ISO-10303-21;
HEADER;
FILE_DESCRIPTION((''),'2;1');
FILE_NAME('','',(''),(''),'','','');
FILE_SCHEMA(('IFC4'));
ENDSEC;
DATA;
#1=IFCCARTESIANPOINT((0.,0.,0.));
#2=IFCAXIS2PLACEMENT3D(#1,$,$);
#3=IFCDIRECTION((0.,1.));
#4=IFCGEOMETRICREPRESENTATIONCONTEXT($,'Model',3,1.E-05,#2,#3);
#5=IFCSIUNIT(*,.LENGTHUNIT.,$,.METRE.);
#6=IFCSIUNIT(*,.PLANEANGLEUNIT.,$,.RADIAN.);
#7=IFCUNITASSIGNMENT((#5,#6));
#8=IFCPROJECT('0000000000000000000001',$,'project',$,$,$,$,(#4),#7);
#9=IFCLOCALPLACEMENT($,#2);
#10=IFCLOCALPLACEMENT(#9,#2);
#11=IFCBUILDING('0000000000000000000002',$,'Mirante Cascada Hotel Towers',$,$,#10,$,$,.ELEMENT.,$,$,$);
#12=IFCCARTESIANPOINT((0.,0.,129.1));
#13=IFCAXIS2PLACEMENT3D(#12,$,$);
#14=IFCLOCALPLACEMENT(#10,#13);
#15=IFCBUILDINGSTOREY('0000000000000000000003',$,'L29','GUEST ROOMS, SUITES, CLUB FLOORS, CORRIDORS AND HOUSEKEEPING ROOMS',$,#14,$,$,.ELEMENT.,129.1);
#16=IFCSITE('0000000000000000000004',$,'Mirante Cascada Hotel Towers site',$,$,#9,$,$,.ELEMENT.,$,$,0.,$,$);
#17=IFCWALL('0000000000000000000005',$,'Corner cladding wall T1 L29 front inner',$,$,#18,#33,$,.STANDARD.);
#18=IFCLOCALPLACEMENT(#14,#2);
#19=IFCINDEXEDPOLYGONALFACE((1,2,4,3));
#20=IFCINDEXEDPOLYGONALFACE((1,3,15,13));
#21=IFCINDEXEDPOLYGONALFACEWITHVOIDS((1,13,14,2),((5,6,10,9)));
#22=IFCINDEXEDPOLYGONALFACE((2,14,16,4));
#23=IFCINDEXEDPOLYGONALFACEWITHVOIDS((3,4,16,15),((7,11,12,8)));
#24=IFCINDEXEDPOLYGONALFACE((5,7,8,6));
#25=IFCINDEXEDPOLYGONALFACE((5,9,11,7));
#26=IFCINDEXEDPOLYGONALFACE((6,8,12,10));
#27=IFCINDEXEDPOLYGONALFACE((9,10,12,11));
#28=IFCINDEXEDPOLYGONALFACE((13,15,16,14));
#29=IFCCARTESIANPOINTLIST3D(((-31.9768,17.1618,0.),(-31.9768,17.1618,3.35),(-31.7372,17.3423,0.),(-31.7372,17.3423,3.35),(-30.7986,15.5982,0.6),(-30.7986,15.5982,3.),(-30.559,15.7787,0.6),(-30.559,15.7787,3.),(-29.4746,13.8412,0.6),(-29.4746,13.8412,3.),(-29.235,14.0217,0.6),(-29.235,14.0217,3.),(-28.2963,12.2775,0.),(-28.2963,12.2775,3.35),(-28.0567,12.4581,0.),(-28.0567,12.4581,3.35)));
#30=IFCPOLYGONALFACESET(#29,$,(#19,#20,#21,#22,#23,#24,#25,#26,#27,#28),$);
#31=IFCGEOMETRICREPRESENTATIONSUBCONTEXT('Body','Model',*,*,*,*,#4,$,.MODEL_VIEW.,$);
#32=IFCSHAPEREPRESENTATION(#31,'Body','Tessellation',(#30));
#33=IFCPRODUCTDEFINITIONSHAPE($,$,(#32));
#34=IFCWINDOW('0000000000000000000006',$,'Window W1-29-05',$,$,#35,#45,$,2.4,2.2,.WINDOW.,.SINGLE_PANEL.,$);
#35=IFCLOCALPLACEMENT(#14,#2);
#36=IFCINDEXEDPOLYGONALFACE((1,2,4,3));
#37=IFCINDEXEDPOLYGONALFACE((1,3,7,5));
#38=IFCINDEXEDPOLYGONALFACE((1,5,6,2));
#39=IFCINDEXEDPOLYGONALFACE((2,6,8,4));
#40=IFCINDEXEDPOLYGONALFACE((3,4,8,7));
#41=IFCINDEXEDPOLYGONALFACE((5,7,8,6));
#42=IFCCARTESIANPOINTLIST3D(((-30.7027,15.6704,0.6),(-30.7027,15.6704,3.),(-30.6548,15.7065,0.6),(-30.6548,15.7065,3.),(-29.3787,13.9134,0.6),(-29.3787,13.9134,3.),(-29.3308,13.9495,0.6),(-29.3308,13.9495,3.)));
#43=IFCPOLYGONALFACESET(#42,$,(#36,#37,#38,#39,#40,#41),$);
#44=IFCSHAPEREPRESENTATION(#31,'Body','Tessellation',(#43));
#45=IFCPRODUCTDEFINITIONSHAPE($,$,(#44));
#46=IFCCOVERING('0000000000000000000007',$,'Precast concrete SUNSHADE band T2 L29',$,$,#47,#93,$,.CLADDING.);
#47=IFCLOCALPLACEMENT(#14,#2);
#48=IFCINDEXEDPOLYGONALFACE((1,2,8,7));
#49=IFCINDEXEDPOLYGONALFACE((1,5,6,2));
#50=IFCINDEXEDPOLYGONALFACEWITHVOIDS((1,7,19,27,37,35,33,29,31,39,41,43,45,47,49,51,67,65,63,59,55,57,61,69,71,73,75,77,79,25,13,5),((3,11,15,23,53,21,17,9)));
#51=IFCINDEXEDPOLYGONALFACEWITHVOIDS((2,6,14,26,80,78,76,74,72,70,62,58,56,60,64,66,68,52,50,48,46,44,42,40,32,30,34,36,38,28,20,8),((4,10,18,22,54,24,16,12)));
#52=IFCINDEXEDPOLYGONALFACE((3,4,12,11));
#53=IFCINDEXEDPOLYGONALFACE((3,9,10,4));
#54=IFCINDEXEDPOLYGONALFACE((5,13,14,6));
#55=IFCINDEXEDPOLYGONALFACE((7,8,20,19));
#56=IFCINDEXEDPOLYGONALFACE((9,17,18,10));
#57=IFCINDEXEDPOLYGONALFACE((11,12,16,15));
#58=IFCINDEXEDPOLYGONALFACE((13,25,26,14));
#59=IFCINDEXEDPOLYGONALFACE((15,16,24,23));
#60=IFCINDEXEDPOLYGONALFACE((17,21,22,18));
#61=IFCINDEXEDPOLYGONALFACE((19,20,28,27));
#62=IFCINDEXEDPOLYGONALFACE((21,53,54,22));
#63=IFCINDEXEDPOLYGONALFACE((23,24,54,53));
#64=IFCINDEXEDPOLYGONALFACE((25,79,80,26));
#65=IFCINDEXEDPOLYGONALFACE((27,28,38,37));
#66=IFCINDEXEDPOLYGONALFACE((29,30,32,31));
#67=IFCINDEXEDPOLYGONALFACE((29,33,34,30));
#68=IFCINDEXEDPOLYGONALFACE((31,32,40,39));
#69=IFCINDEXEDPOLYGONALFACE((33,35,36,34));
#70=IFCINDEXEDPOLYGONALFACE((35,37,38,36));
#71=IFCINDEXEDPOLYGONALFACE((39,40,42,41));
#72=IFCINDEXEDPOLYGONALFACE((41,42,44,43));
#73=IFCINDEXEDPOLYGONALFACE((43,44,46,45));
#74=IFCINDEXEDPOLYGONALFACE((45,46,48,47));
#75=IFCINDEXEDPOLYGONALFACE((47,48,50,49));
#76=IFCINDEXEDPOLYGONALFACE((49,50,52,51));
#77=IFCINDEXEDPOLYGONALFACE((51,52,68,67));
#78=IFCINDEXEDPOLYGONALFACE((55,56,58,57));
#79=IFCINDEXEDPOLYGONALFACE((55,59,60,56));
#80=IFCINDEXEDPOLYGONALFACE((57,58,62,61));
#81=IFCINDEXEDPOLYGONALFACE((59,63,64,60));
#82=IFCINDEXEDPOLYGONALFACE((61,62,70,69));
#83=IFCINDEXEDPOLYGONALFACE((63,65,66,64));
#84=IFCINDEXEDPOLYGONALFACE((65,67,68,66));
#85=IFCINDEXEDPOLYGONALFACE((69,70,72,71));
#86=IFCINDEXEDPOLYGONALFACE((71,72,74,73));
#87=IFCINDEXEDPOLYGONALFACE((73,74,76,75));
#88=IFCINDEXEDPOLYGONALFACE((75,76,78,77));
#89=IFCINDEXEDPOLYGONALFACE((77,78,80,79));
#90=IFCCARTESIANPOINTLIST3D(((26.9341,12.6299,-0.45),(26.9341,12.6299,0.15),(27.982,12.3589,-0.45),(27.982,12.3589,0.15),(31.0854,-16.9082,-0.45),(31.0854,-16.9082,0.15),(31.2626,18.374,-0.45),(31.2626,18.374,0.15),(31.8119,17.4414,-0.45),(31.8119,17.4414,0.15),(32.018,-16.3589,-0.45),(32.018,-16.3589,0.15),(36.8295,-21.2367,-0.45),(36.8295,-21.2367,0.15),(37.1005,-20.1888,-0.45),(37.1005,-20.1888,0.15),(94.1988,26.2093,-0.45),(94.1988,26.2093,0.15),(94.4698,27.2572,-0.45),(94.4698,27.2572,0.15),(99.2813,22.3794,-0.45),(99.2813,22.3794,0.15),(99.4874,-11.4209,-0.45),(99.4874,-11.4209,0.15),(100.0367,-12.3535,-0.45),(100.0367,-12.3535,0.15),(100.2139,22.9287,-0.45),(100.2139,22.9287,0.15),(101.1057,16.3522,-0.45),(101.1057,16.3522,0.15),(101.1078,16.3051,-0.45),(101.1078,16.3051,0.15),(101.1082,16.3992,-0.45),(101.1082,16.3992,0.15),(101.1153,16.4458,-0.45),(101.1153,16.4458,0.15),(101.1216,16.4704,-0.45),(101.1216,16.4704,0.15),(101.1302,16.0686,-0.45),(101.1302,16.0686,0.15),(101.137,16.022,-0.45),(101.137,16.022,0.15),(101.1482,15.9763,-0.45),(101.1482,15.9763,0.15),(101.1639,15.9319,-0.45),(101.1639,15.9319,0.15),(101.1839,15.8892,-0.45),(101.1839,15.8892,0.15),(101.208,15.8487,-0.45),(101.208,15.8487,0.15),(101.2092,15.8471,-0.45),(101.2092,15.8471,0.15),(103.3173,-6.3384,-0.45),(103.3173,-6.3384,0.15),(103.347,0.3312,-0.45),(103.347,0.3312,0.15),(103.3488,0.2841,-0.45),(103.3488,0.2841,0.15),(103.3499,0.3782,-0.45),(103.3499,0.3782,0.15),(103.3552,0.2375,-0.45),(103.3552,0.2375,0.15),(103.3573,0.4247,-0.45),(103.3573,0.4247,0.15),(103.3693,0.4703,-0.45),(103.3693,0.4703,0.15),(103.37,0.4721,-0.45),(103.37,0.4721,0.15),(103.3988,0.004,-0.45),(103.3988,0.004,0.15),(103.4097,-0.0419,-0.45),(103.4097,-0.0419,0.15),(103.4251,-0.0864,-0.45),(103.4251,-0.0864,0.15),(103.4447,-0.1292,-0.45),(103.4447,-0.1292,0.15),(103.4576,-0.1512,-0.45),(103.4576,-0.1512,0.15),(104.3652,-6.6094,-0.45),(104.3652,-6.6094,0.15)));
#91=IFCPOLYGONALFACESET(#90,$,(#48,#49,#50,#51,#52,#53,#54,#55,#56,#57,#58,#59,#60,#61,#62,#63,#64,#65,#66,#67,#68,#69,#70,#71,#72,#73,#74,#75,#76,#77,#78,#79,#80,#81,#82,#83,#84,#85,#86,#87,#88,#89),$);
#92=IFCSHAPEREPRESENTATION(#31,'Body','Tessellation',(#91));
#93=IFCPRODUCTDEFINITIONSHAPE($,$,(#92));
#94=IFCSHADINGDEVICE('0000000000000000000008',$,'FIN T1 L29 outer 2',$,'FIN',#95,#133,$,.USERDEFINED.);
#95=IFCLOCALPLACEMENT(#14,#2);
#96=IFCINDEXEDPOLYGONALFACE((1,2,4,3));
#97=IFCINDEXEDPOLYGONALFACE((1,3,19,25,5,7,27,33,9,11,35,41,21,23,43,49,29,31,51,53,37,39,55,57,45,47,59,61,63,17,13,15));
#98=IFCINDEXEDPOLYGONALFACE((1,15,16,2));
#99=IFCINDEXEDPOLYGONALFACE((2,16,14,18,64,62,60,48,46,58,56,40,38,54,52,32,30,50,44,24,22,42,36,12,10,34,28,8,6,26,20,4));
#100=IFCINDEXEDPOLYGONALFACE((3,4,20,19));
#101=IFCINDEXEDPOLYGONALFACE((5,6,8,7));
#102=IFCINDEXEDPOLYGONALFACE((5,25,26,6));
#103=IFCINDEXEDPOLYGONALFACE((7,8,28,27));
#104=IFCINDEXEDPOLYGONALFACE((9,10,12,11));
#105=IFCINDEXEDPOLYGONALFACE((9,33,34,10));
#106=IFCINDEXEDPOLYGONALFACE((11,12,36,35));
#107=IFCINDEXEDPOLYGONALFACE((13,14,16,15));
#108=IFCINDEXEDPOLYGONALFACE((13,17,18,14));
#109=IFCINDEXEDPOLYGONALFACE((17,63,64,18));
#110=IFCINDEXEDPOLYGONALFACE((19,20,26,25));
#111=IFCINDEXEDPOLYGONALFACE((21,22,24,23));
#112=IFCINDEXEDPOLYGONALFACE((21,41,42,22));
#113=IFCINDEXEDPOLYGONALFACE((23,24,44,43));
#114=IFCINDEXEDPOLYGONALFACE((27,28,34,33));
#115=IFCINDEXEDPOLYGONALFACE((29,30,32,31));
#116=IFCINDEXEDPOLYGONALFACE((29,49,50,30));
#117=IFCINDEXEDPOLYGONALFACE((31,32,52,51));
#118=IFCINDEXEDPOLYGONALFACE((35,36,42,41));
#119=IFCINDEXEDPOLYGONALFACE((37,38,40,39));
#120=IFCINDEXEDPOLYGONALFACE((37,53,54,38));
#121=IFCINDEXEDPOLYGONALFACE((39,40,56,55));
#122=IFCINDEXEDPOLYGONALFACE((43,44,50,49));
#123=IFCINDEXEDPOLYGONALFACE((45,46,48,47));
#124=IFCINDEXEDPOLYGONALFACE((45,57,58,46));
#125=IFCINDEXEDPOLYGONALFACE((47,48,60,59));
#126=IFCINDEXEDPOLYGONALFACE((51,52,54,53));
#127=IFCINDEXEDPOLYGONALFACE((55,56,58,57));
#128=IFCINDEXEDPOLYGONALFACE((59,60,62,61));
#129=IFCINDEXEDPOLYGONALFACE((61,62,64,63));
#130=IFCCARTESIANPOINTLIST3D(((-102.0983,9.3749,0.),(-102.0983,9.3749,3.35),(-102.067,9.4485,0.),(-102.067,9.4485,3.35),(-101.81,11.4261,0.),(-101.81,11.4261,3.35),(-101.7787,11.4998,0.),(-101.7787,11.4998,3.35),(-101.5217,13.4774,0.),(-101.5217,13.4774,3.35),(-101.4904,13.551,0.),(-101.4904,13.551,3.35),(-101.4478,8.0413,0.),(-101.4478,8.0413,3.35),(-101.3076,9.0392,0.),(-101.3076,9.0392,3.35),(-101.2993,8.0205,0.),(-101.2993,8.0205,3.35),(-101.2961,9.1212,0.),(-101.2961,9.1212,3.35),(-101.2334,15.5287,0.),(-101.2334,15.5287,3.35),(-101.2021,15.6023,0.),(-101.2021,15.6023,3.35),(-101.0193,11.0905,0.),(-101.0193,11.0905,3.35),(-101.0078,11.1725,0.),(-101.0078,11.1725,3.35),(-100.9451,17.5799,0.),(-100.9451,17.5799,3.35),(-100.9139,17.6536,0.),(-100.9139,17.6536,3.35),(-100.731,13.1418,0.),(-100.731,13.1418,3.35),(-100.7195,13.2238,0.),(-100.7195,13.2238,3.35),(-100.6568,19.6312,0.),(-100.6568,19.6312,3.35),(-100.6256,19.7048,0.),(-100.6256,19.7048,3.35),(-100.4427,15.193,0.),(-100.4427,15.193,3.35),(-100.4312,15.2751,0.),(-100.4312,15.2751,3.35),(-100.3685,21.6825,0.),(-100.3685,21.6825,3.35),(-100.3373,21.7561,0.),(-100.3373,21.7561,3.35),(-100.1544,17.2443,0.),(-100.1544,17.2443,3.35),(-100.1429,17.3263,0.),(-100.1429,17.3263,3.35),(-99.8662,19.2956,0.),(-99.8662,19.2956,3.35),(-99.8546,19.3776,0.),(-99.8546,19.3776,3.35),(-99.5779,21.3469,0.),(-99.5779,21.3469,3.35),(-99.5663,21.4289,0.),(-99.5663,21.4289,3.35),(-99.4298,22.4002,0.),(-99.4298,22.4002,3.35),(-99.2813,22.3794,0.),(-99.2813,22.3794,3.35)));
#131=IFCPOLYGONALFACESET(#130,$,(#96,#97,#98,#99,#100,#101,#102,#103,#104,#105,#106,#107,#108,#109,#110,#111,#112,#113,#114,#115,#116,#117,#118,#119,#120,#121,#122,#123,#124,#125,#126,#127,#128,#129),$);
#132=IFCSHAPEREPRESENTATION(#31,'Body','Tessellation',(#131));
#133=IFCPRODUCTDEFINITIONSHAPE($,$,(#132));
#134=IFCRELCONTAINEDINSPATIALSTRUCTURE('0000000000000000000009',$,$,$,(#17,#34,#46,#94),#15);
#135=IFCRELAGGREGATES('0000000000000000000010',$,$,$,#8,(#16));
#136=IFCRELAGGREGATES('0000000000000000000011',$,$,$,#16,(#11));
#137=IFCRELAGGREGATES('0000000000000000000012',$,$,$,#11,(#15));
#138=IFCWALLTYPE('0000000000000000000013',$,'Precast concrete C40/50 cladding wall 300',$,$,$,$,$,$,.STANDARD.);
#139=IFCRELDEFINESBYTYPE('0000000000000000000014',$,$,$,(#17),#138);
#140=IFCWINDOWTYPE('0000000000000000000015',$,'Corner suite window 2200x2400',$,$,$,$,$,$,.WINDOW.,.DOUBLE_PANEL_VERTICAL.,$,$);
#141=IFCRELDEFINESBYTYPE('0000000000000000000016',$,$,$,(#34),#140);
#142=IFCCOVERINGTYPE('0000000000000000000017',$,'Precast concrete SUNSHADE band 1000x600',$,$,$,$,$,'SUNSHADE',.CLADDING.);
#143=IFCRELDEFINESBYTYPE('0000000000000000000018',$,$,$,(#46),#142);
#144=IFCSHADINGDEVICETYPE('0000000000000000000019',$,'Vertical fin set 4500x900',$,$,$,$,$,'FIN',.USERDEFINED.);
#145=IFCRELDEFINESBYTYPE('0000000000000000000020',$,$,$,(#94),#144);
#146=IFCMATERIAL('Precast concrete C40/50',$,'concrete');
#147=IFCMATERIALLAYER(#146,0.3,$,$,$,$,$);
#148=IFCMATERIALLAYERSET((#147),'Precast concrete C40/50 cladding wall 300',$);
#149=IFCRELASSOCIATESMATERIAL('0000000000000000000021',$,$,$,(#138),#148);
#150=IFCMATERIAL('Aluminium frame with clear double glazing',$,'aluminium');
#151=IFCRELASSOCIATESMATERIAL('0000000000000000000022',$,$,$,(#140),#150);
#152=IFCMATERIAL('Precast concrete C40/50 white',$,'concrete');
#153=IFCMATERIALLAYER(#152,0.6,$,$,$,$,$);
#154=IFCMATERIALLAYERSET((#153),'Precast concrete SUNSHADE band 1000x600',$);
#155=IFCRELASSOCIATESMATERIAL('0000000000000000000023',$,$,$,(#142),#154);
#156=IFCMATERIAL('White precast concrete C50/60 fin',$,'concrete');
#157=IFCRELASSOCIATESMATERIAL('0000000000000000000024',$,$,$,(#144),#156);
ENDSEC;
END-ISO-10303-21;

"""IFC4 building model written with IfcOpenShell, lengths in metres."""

from ifc_helpers import new_model, si_unit, direction, frame, frame_2d, origin, place, context, subcontext, project, spatial, polyline, rectangle, outline, extrude, material, layer, layer_set, type_object, element, fill, save


model = new_model("IFC4")

# Units and contexts
model_context = context("Model", 3, precision=1e-05, world=origin(), true_north=direction((0.0, 1.0)))
body_context = subcontext(model_context, "Body", "Model", "MODEL_VIEW")
ifc_project = project(units=[si_unit("LENGTHUNIT", "METRE"), si_unit("PLANEANGLEUNIT", "RADIAN")], contexts=[model_context])

# Site, building, storey
site_placement = place(None, origin())
site = spatial("IfcSite", under=ifc_project, at=site_placement, Name="Mirante Cascada Hotel Towers site", CompositionType="ELEMENT", RefElevation=0.0)
building_placement = place(site_placement, origin())
building = spatial("IfcBuilding", under=site, at=building_placement, Name="Mirante Cascada Hotel Towers", CompositionType="ELEMENT")
storey_placement = place(building_placement, frame((0.0, 0.0, 129.1)))
storey = spatial("IfcBuildingStorey", under=building, at=storey_placement, Name="L29", Description="GUEST ROOMS, SUITES, CLUB FLOORS, CORRIDORS AND HOUSEKEEPING ROOMS", CompositionType="ELEMENT", Elevation=129.1)

# Wall, opening, window
ifc_material_1 = material(Name="Precast concrete C40/50", Category="concrete")
ifc_layer_1 = layer(ifc_material_1, 0.3)
ifc_layer_set_1 = layer_set([ifc_layer_1], Name="Precast concrete C40/50 cladding wall 300")
wall_type_1 = type_object("IfcWallType", Name="Precast concrete C40/50 cladding wall 300", PredefinedType="STANDARD", material=ifc_layer_set_1)
wall_1_placement = place(storey_placement, frame((-31.857, 17.252, 0.0), z_axis=(0.0, 0.0, 1.0), x_axis=(0.601814, -0.798636, 0.0)))
wall_1 = element("IfcWall", 1, at=wall_1_placement, inside=storey, type_object=wall_type_1, Name="Corner cladding wall T1 L29 front inner", PredefinedType="STANDARD", context=body_context, shape_type="SweptSolid", body=[
    extrude(rectangle(XDim=6.1157, YDim=0.3, at=frame_2d((3.0578, 0.0))), origin(), (0.0, 0.0, 1.0), 3.35),
])
opening_1_placement = place(wall_1_placement, frame((1.9578, 0.0, 0.6)))
opening_1 = element("IfcOpeningElement", 2, at=opening_1_placement, cuts=wall_1, PredefinedType="OPENING", context=body_context, shape_type="SweptSolid", body=[
    extrude(rectangle(XDim=2.2, YDim=2.4, at=frame_2d((1.1, 1.2))), frame((0.0, 0.15, 0.0), z_axis=(0.0, -1.0, 0.0), x_axis=(1.0, 0.0, 0.0)), (0.0, 0.0, 1.0), 0.3),
])
ifc_material_2 = material(Name="Aluminium frame with clear double glazing", Category="aluminium")
window_type = type_object("IfcWindowType", Name="Corner suite window 2200x2400", PartitioningType="DOUBLE_PANEL_VERTICAL", PredefinedType="WINDOW", material=ifc_material_2)
window_placement = place(opening_1_placement, origin())
window = element("IfcWindow", 3, at=window_placement, inside=storey, type_object=window_type, Name="Window W1-29-05", OverallHeight=2.4, OverallWidth=2.2, PartitioningType="SINGLE_PANEL", PredefinedType="WINDOW", context=body_context, shape_type="SweptSolid", body=[
    extrude(rectangle(XDim=2.2, YDim=2.4, at=frame_2d((1.1, 1.2))), frame((0.0, 0.03, 0.0), z_axis=(0.0, -1.0, 0.0), x_axis=(1.0, 0.0, 0.0)), (0.0, 0.0, 1.0), 0.06),
])
fill(opening_1, window)

# Covering
ifc_material_3 = material(Name="Precast concrete C40/50 white", Category="concrete")
ifc_layer_2 = layer(ifc_material_3, 0.6)
ifc_layer_set_2 = layer_set([ifc_layer_2], Name="Precast concrete SUNSHADE band 1000x600")
covering_type = type_object("IfcCoveringType", Name="Precast concrete SUNSHADE band 1000x600", ElementType="SUNSHADE", PredefinedType="CLADDING", material=ifc_layer_set_2)
covering_placement = place(storey_placement, frame((0.0, 0.0, -0.45)))
element("IfcCovering", 4, at=covering_placement, inside=storey, type_object=covering_type, Name="Precast concrete SUNSHADE band T2 L29", PredefinedType="CLADDING", context=body_context, shape_type="SweptSolid", body=[
    extrude(outline(polyline([(26.9341, 12.6299), (31.2626, 18.374), (94.4698, 27.2572), (100.2139, 22.9287), (101.1216, 16.4704), (101.1153, 16.4458), (101.1082, 16.3992), (101.1057, 16.3522), (101.1078, 16.3051), (101.1302, 16.0686), (101.137, 16.022), (101.1482, 15.9763), (101.1639, 15.9319), (101.1839, 15.8892), (101.208, 15.8487), (101.2092, 15.8471), (103.37, 0.4721), (103.3693, 0.4703), (103.3573, 0.4247), (103.3499, 0.3782), (103.347, 0.3312), (103.3488, 0.2841), (103.3552, 0.2375), (103.3988, 0.004), (103.4097, -0.0419), (103.4251, -0.0864), (103.4447, -0.1292), (103.4576, -0.1512), (104.3652, -6.6094), (100.0367, -12.3535), (36.8295, -21.2367), (31.0854, -16.9082), (26.9341, 12.6299)]), holes=[polyline([(103.3173, -6.3384), (99.2813, 22.3794), (94.1988, 26.2093), (31.8119, 17.4414), (27.982, 12.3589), (32.018, -16.3589), (37.1005, -20.1888), (99.4874, -11.4209), (103.3173, -6.3384)])]), origin(), (0.0, 0.0, 1.0), 0.6),
])

# Shading device
ifc_material_4 = material(Name="White precast concrete C50/60 fin", Category="concrete")
shading_device_type = type_object("IfcShadingDeviceType", Name="Vertical fin set 4500x900", ElementType="FIN", PredefinedType="USERDEFINED", material=ifc_material_4)
shading_device_1_placement = place(storey_placement, origin())
element("IfcShadingDevice", 5, at=shading_device_1_placement, inside=storey, type_object=shading_device_type, Name="FIN T1 L29 outer 2", ObjectType="FIN", PredefinedType="USERDEFINED", context=body_context, shape_type="SweptSolid", body=[
    extrude(outline(polyline([(-101.2961, 9.1212), (-101.0193, 11.0905), (-101.81, 11.4261), (-101.7787, 11.4998), (-101.0078, 11.1725), (-100.731, 13.1418), (-101.5217, 13.4774), (-101.4904, 13.551), (-100.7195, 13.2238), (-100.4427, 15.193), (-101.2334, 15.5287), (-101.2021, 15.6023), (-100.4312, 15.2751), (-100.1544, 17.2443), (-100.9451, 17.5799), (-100.9139, 17.6536), (-100.1429, 17.3263), (-99.8662, 19.2956), (-100.6568, 19.6312), (-100.6256, 19.7048), (-99.8546, 19.3776), (-99.5779, 21.3469), (-100.3685, 21.6825), (-100.3373, 21.7561), (-99.5663, 21.4289), (-99.4298, 22.4002), (-99.2813, 22.3794), (-101.2993, 8.0205), (-101.4478, 8.0413), (-101.3076, 9.0392), (-102.0983, 9.3749), (-102.067, 9.4485), (-101.2961, 9.1212)])), origin(), (0.0, 0.0, 1.0), 3.35),
])

save(model, "model.ifc")
